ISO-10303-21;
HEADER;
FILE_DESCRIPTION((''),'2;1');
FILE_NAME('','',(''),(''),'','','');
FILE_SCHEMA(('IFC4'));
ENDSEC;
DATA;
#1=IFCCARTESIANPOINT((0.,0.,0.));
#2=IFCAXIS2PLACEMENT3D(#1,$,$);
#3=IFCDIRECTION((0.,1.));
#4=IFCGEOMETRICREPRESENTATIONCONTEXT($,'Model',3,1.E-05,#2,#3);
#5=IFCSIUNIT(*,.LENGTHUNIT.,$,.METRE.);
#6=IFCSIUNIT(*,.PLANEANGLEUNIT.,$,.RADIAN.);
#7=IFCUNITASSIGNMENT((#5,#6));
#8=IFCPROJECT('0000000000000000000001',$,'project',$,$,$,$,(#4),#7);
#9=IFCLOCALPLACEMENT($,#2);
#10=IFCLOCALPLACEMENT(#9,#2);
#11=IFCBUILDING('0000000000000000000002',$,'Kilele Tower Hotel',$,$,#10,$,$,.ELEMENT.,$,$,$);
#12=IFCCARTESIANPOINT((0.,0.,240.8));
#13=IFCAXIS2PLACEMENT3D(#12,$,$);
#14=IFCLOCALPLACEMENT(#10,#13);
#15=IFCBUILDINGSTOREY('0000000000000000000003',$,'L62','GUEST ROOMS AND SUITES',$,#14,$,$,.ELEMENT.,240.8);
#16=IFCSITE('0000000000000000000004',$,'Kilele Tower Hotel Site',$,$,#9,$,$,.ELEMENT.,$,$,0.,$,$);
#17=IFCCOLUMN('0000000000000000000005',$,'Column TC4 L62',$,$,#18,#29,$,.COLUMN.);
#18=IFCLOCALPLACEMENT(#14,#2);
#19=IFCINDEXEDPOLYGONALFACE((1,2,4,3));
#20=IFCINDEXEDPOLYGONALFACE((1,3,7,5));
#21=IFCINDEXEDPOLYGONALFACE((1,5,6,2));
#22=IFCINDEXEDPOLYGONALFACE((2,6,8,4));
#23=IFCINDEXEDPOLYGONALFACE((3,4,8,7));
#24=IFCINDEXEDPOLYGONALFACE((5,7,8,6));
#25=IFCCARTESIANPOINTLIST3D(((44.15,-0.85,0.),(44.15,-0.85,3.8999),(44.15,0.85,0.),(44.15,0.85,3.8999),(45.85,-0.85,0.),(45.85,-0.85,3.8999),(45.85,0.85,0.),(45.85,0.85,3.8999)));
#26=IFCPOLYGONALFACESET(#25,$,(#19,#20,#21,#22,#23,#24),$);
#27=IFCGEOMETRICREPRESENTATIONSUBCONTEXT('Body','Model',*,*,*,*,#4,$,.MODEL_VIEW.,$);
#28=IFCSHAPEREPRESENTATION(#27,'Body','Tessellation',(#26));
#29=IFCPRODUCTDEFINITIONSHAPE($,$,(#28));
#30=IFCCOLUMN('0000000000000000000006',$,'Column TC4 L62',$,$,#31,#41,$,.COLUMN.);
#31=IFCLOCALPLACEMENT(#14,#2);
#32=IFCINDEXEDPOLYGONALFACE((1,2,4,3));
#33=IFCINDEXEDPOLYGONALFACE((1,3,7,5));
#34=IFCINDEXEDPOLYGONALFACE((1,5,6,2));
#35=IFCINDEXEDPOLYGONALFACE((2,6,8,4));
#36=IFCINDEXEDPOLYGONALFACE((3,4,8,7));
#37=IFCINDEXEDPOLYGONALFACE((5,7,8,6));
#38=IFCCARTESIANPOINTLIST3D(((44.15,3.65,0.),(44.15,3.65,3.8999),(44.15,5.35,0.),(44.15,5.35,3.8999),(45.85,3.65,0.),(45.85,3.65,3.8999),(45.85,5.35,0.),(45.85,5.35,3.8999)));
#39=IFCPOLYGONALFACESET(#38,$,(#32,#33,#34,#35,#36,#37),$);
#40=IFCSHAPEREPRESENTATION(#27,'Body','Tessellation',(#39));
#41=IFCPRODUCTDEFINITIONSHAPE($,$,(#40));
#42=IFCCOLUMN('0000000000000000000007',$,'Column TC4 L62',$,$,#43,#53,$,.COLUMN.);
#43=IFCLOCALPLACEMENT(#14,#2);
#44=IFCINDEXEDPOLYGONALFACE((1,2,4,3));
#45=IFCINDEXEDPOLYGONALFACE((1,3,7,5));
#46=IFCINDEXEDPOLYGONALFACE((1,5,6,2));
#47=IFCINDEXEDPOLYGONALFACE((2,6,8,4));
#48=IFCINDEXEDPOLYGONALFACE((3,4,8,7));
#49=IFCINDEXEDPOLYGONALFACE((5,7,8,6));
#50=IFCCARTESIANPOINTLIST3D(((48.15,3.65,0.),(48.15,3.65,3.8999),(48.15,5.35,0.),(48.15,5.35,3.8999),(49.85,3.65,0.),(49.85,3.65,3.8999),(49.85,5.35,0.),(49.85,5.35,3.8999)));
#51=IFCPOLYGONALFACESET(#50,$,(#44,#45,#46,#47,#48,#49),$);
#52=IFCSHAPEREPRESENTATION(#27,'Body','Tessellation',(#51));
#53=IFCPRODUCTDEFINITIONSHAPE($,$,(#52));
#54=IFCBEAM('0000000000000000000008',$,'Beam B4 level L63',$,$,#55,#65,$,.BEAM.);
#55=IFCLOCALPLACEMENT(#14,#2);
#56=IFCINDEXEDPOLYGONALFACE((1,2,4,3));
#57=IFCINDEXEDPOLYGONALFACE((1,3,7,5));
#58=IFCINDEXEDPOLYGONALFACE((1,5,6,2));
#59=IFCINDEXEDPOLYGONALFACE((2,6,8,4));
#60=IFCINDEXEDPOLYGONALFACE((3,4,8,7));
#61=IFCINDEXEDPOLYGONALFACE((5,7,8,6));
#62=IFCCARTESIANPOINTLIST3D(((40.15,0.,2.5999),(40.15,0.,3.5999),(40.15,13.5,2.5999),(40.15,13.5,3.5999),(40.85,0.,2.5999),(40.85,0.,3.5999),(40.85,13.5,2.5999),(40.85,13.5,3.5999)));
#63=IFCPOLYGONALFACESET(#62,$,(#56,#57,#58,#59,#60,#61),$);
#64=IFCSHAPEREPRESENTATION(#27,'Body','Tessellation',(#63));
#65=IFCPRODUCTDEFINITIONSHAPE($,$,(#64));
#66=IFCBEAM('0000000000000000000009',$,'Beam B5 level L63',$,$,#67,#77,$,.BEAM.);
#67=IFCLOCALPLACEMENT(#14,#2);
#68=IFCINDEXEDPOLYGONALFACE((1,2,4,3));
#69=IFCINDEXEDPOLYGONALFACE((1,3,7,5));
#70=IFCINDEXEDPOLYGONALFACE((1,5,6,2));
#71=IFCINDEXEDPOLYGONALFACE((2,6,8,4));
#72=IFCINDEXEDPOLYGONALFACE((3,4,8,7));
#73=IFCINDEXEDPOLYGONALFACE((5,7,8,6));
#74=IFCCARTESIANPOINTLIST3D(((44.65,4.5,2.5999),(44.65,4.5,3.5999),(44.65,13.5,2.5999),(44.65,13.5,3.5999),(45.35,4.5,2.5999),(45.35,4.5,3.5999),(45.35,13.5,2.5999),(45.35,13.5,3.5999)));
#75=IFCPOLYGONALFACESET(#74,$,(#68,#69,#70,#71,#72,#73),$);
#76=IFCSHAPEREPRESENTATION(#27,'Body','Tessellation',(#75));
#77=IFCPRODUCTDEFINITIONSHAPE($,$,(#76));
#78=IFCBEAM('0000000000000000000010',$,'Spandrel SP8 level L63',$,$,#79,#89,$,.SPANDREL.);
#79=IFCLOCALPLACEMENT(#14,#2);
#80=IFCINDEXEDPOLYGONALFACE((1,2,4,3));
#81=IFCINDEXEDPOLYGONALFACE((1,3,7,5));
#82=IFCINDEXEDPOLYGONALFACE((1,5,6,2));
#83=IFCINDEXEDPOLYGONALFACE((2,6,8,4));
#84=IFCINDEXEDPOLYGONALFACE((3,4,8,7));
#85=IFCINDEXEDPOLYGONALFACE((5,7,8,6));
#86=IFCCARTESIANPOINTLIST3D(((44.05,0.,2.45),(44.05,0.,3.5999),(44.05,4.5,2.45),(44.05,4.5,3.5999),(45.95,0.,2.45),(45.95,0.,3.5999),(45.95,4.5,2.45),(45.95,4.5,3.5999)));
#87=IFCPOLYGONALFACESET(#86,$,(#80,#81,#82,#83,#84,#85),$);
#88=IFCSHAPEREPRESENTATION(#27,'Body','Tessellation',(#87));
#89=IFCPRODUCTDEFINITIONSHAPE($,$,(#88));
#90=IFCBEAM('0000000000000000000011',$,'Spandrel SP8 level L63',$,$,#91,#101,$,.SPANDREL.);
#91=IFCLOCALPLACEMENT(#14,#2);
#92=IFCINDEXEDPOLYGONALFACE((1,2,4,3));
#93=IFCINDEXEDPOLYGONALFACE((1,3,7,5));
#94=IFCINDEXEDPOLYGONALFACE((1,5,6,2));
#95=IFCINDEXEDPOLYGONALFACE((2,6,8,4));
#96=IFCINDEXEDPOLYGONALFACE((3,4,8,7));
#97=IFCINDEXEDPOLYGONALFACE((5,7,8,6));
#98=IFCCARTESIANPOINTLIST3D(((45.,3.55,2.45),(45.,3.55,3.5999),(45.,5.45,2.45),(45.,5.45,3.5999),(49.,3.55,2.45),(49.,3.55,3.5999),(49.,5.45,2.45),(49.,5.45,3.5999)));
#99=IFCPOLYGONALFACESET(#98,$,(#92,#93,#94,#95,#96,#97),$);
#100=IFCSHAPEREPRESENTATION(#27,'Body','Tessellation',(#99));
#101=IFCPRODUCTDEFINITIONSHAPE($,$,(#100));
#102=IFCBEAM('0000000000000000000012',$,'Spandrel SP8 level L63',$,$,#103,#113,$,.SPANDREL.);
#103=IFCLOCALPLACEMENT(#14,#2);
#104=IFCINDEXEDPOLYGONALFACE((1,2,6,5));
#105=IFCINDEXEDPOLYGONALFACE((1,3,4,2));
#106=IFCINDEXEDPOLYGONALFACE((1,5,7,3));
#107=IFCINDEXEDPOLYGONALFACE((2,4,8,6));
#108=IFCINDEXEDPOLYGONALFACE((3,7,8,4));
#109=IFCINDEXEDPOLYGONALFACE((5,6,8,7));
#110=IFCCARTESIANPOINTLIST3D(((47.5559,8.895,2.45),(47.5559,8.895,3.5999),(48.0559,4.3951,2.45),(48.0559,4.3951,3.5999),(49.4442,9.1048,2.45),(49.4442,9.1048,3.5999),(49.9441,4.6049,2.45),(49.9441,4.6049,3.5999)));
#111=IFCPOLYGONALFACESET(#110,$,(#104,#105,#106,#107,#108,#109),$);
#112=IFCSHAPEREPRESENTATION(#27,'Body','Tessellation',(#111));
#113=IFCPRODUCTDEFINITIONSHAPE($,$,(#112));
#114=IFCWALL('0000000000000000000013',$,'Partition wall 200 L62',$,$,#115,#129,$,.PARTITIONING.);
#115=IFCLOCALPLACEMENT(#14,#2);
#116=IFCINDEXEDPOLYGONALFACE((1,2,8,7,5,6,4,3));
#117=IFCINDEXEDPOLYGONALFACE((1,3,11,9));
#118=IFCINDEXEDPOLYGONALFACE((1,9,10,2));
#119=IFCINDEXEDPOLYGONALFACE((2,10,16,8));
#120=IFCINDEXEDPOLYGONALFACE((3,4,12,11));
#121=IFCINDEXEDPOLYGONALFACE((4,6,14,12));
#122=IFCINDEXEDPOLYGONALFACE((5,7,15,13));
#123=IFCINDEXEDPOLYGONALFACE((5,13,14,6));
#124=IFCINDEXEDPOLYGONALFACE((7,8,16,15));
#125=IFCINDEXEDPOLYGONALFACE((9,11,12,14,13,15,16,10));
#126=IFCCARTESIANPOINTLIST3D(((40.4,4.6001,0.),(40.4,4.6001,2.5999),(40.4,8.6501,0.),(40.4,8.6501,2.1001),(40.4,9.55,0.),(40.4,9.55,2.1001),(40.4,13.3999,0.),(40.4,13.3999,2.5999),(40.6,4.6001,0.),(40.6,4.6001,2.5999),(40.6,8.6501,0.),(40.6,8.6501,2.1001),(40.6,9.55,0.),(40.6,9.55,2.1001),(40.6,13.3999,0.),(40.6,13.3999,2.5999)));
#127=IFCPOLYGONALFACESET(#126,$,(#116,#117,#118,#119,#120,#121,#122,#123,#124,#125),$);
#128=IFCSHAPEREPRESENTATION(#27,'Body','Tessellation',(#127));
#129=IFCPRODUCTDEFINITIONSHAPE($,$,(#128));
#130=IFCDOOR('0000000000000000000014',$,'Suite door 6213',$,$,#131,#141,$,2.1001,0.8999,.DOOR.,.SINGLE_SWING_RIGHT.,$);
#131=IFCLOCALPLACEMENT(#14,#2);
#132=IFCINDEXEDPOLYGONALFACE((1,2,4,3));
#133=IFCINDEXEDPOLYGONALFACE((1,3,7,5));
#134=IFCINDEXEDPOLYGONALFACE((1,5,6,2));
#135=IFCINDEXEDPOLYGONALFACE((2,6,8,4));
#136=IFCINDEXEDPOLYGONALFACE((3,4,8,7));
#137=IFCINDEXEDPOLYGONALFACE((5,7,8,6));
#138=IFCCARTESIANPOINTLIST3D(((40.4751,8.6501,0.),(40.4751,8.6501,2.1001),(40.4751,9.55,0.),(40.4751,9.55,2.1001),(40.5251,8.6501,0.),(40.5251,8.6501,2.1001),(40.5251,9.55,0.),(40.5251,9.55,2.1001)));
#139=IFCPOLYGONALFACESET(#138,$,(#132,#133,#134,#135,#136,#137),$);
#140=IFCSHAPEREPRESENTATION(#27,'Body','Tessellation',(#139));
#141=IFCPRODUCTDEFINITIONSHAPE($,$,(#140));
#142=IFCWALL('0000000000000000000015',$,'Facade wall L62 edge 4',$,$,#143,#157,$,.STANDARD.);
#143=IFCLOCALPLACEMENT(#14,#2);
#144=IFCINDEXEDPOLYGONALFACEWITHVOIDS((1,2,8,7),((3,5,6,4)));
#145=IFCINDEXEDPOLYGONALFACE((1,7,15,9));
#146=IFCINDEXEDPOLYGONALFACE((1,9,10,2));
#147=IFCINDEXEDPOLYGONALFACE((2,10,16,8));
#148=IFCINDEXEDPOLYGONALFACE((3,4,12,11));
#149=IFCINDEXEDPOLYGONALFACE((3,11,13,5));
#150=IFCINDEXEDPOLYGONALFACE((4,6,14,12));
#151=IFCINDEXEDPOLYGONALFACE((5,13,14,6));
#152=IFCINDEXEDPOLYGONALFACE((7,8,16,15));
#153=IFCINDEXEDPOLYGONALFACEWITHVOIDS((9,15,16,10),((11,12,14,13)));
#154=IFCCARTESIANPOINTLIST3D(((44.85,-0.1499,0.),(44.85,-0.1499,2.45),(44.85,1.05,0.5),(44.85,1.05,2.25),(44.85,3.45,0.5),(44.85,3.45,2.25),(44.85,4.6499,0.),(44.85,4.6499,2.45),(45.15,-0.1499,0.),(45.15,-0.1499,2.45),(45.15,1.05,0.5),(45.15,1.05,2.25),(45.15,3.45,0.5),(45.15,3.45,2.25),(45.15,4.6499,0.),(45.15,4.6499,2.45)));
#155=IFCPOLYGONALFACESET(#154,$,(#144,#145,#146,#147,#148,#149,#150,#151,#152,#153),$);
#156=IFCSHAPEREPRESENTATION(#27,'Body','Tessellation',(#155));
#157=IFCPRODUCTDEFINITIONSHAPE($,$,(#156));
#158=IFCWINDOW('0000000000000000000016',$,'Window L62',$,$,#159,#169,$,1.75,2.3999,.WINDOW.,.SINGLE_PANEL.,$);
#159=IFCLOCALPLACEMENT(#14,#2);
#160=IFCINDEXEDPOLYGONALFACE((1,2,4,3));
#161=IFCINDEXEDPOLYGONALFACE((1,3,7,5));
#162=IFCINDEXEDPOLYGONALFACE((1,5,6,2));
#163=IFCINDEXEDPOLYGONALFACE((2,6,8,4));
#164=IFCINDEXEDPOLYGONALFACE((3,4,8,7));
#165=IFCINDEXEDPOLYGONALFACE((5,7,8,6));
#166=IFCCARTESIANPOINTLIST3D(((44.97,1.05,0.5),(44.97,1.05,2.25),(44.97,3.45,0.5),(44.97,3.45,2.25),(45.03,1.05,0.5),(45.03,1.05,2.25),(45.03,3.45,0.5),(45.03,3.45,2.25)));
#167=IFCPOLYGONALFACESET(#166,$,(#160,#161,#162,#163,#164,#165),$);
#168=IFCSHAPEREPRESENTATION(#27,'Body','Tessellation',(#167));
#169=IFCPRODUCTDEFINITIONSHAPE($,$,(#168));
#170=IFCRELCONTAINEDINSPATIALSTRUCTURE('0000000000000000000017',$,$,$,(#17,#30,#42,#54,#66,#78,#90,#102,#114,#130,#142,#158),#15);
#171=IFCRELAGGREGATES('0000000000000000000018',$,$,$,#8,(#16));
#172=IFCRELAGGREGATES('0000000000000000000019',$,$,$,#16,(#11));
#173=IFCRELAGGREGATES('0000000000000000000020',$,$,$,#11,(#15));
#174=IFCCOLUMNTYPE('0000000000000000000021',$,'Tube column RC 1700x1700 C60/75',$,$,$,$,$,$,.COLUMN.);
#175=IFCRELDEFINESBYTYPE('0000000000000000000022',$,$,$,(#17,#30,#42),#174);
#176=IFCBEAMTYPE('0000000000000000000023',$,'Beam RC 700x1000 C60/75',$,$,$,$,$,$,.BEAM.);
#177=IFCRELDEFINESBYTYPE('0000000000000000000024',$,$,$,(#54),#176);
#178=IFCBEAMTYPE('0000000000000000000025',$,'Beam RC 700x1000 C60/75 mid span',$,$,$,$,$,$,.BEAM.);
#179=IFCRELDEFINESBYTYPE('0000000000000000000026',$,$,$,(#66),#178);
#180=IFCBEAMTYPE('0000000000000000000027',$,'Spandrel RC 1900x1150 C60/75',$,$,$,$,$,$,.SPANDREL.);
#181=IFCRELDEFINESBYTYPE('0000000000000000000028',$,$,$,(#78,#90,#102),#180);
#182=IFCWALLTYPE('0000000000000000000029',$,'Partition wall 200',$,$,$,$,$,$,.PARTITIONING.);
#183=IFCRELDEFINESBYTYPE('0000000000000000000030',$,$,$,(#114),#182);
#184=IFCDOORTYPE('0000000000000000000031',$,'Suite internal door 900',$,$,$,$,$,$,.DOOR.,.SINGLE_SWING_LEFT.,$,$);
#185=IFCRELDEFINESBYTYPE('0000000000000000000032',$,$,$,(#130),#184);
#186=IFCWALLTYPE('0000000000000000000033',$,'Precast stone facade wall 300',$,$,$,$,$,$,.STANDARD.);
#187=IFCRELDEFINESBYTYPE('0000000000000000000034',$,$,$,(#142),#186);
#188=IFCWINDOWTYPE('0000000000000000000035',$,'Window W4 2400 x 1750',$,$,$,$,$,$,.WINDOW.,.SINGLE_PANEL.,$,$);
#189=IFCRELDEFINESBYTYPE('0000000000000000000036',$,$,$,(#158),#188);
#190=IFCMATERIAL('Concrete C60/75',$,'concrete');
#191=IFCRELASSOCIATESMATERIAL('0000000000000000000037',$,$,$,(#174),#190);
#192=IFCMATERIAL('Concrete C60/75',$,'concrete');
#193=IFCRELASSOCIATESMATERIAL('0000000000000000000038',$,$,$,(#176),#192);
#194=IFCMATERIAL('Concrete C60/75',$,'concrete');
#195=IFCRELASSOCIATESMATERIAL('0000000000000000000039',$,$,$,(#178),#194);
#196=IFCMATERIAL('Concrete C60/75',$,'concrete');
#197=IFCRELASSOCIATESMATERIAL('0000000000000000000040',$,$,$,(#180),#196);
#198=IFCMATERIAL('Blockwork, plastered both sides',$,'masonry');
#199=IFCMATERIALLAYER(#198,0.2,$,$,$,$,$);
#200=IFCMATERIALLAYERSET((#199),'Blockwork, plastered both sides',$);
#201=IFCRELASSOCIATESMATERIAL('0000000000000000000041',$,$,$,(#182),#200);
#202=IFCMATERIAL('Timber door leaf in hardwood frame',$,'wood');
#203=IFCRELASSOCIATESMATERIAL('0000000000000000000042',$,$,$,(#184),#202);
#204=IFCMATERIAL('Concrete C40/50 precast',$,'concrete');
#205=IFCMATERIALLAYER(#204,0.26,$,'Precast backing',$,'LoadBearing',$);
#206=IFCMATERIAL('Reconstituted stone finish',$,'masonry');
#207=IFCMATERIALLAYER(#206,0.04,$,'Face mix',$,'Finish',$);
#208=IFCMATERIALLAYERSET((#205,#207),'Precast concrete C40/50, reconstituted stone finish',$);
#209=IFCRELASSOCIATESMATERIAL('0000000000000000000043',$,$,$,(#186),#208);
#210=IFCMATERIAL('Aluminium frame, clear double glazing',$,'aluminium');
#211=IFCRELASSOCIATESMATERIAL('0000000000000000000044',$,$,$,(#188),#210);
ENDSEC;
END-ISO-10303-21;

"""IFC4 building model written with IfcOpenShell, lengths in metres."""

from ifc_helpers import new_model, si_unit, direction, frame, frame_2d, origin, origin_2d, place, context, subcontext, project, spatial, rectangle, extrude, material, layer, layer_set, material_profile, profile_set, type_object, element, fill, save


model = new_model("IFC4")

# Units and contexts
model_context = context("Model", 3, precision=1e-05, world=origin(), true_north=direction((0.0, 1.0)))
body_context = subcontext(model_context, "Body", "Model", "MODEL_VIEW")
ifc_project = project(units=[si_unit("LENGTHUNIT", "METRE"), si_unit("PLANEANGLEUNIT", "RADIAN")], contexts=[model_context])

# Site, building, storey
site_placement = place(None, origin())
site = spatial("IfcSite", under=ifc_project, at=site_placement, Name="Kilele Tower Hotel Site", CompositionType="ELEMENT", RefElevation=0.0)
building_placement = place(site_placement, origin())
building = spatial("IfcBuilding", under=site, at=building_placement, Name="Kilele Tower Hotel", CompositionType="ELEMENT")
storey_placement = place(building_placement, frame((0.0, 0.0, 240.8)))
storey = spatial("IfcBuildingStorey", under=building, at=storey_placement, Name="L62", Description="GUEST ROOMS AND SUITES", CompositionType="ELEMENT", Elevation=240.8)

# Columns
ifc_material_1 = material(Name="Concrete C60/75", Category="concrete")
ifc_material_profile_1 = material_profile(ifc_material_1, rectangle(XDim=1.7, YDim=1.7, at=origin_2d()))
ifc_profile_set_1 = profile_set([ifc_material_profile_1], Name="Concrete C60/75")
column_type = type_object("IfcColumnType", Name="Tube column RC 1700x1700 C60/75", PredefinedType="COLUMN", material=ifc_profile_set_1)
for number, where, z_axis, x_axis, name in (
    (1, (45.0, 0.0, 0.0), (0.0, 0.0, 1.0), (1.0, 0.0, 0.0), "Column TC4 L62"),
    (2, (45.0, 4.5, 0.0), (0.0, 0.0, 1.0), (1.0, 0.0, 0.0), "Column TC4 L62"),
    (3, (49.0, 4.5, 0.0), (0.0, 0.0, 1.0), (1.0, 0.0, 0.0), "Column TC4 L62"),
):
    element("IfcColumn", number, at=place(storey_placement, frame(where, z_axis=z_axis, x_axis=x_axis)), inside=storey, type_object=column_type, Name=name, PredefinedType="COLUMN", context=body_context, shape_type="SweptSolid", body=[
        extrude(rectangle(XDim=1.7, YDim=1.7, at=origin_2d()), origin(), (0.0, 0.0, 1.0), 3.8999),
    ])

# Beams
ifc_material_2 = material(Name="Concrete C60/75", Category="concrete")
ifc_material_profile_2 = material_profile(ifc_material_2, rectangle(XDim=0.7, YDim=1.0, at=origin_2d()))
ifc_profile_set_2 = profile_set([ifc_material_profile_2], Name="Concrete C60/75")
beam_type_1 = type_object("IfcBeamType", Name="Beam RC 700x1000 C60/75", PredefinedType="BEAM", material=ifc_profile_set_2)
beam_1_placement = place(storey_placement, frame((40.5, 0.0, 3.0999), z_axis=(0.0, 1.0, 0.0), x_axis=(-1.0, 0.0, 0.0)))
element("IfcBeam", 4, at=beam_1_placement, inside=storey, type_object=beam_type_1, Name="Beam B4 level L63", PredefinedType="BEAM", context=body_context, shape_type="SweptSolid", body=[
    extrude(rectangle(XDim=0.7, YDim=1.0, at=origin_2d()), origin(), (0.0, 0.0, 1.0), 13.5),
])
ifc_material_3 = material(Name="Concrete C60/75", Category="concrete")
ifc_material_profile_3 = material_profile(ifc_material_3, rectangle(XDim=0.7, YDim=1.0, at=origin_2d()))
ifc_profile_set_3 = profile_set([ifc_material_profile_3], Name="Concrete C60/75")
beam_type_2 = type_object("IfcBeamType", Name="Beam RC 700x1000 C60/75 mid span", PredefinedType="BEAM", material=ifc_profile_set_3)
beam_2_placement = place(storey_placement, frame((45.0, 4.5, 3.0999), z_axis=(0.0, 1.0, 0.0), x_axis=(-1.0, 0.0, 0.0)))
element("IfcBeam", 5, at=beam_2_placement, inside=storey, type_object=beam_type_2, Name="Beam B5 level L63", PredefinedType="BEAM", context=body_context, shape_type="SweptSolid", body=[
    extrude(rectangle(XDim=0.7, YDim=1.0, at=origin_2d()), origin(), (0.0, 0.0, 1.0), 9.0),
])
ifc_material_4 = material(Name="Concrete C60/75", Category="concrete")
ifc_material_profile_4 = material_profile(ifc_material_4, rectangle(XDim=1.8999, YDim=1.1499, at=origin_2d()))
ifc_profile_set_4 = profile_set([ifc_material_profile_4], Name="Concrete C60/75")
beam_type_3 = type_object("IfcBeamType", Name="Spandrel RC 1900x1150 C60/75", PredefinedType="SPANDREL", material=ifc_profile_set_4)
beam_3_placement = place(storey_placement, frame((45.0, 0.0, 3.0249), z_axis=(0.0, 1.0, 0.0), x_axis=(-1.0, 0.0, 0.0)))
element("IfcBeam", 6, at=beam_3_placement, inside=storey, type_object=beam_type_3, Name="Spandrel SP8 level L63", PredefinedType="SPANDREL", context=body_context, shape_type="SweptSolid", body=[
    extrude(rectangle(XDim=1.8999, YDim=1.1499, at=origin_2d()), origin(), (0.0, 0.0, 1.0), 4.5),
])
beam_4_placement = place(storey_placement, frame((45.0, 4.5, 3.0249), z_axis=(1.0, 0.0, 0.0), x_axis=(0.0, 1.0, 0.0)))
element("IfcBeam", 7, at=beam_4_placement, inside=storey, type_object=beam_type_3, Name="Spandrel SP8 level L63", PredefinedType="SPANDREL", context=body_context, shape_type="SweptSolid", body=[
    extrude(rectangle(XDim=1.8999, YDim=1.1499, at=origin_2d()), origin(), (0.0, 0.0, 1.0), 4.0),
])
beam_5_placement = place(storey_placement, frame((49.0, 4.5, 3.0249), z_axis=(-0.110432, 0.993884, 0.0), x_axis=(-0.993884, -0.110432, 0.0)))
element("IfcBeam", 8, at=beam_5_placement, inside=storey, type_object=beam_type_3, Name="Spandrel SP8 level L63", PredefinedType="SPANDREL", context=body_context, shape_type="SweptSolid", body=[
    extrude(rectangle(XDim=1.8999, YDim=1.1499, at=origin_2d()), origin(), (0.0, 0.0, 1.0), 4.5276),
])

# Wall, opening, door
ifc_material_5 = material(Name="Blockwork, plastered both sides", Category="masonry")
ifc_layer_1 = layer(ifc_material_5, 0.2)
ifc_layer_set_1 = layer_set([ifc_layer_1], Name="Blockwork, plastered both sides")
wall_type_1 = type_object("IfcWallType", Name="Partition wall 200", PredefinedType="PARTITIONING", material=ifc_layer_set_1)
wall_1_placement = place(storey_placement, frame((40.5, 4.6001, 0.0), z_axis=(0.0, 0.0, 1.0), x_axis=(0.0, 1.0, 0.0)))
wall_1 = element("IfcWall", 9, at=wall_1_placement, inside=storey, type_object=wall_type_1, Name="Partition wall 200 L62", PredefinedType="PARTITIONING", context=body_context, shape_type="SweptSolid", body=[
    extrude(rectangle(XDim=8.7998, YDim=0.2, at=frame_2d((4.3999, 0.0))), origin(), (0.0, 0.0, 1.0), 2.5999),
])
opening_1_placement = place(wall_1_placement, frame((4.05, 0.0, 0.0)))
opening_1 = element("IfcOpeningElement", 10, at=opening_1_placement, cuts=wall_1, PredefinedType="OPENING", context=body_context, shape_type="SweptSolid", body=[
    extrude(rectangle(XDim=0.8999, YDim=2.1001, at=frame_2d((0.45, 1.05))), frame((0.0, 0.1099, 0.0), z_axis=(0.0, -1.0, 0.0), x_axis=(1.0, 0.0, 0.0)), (0.0, 0.0, 1.0), 0.22),
])
ifc_material_6 = material(Name="Timber door leaf in hardwood frame", Category="wood")
door_type = type_object("IfcDoorType", Name="Suite internal door 900", OperationType="SINGLE_SWING_LEFT", PredefinedType="DOOR", material=ifc_material_6)
door_placement = place(opening_1_placement, origin())
door = element("IfcDoor", 11, at=door_placement, inside=storey, type_object=door_type, Name="Suite door 6213", OperationType="SINGLE_SWING_RIGHT", OverallHeight=2.1001, OverallWidth=0.8999, PredefinedType="DOOR", context=body_context, shape_type="SweptSolid", body=[
    extrude(rectangle(XDim=0.8999, YDim=2.1001, at=frame_2d((0.45, 1.05))), frame((0.0, 0.0249, 0.0), z_axis=(0.0, -1.0, 0.0), x_axis=(1.0, 0.0, 0.0)), (0.0, 0.0, 1.0), 0.05),
])
fill(opening_1, door)

# Wall, opening, window
ifc_material_7 = material(Name="Concrete C40/50 precast", Category="concrete")
ifc_layer_2 = layer(ifc_material_7, 0.26, Name="Precast backing", Category="LoadBearing")
ifc_material_8 = material(Name="Reconstituted stone finish", Category="masonry")
ifc_layer_3 = layer(ifc_material_8, 0.04, Name="Face mix", Category="Finish")
ifc_layer_set_2 = layer_set([ifc_layer_2, ifc_layer_3], Name="Precast concrete C40/50, reconstituted stone finish")
wall_type_2 = type_object("IfcWallType", Name="Precast stone facade wall 300", PredefinedType="STANDARD", material=ifc_layer_set_2)
wall_2_placement = place(storey_placement, frame((45.0, -0.1499, 0.0), z_axis=(0.0, 0.0, 1.0), x_axis=(0.0, 1.0, 0.0)))
wall_2 = element("IfcWall", 12, at=wall_2_placement, inside=storey, type_object=wall_type_2, Name="Facade wall L62 edge 4", PredefinedType="STANDARD", context=body_context, shape_type="SweptSolid", body=[
    extrude(rectangle(XDim=4.7998, YDim=0.3, at=frame_2d((2.3999, 0.0))), origin(), (0.0, 0.0, 1.0), 2.45),
])
opening_2_placement = place(wall_2_placement, frame((1.2, 0.0, 0.5)))
opening_2 = element("IfcOpeningElement", 13, at=opening_2_placement, cuts=wall_2, PredefinedType="OPENING", context=body_context, shape_type="SweptSolid", body=[
    extrude(rectangle(XDim=2.3999, YDim=1.75, at=frame_2d((1.2, 0.875))), frame((0.0, 0.1599, 0.0), z_axis=(0.0, -1.0, 0.0), x_axis=(1.0, 0.0, 0.0)), (0.0, 0.0, 1.0), 0.3201),
])
ifc_material_9 = material(Name="Aluminium frame, clear double glazing", Category="aluminium")
window_type_1 = type_object("IfcWindowType", Name="Window W4 2400 x 1750", PartitioningType="SINGLE_PANEL", PredefinedType="WINDOW", material=ifc_material_9)
window_1_placement = place(opening_2_placement, origin())
window_1 = element("IfcWindow", 14, at=window_1_placement, inside=storey, type_object=window_type_1, Name="Window L62", OverallHeight=1.75, OverallWidth=2.3999, PartitioningType="SINGLE_PANEL", PredefinedType="WINDOW", context=body_context, shape_type="SweptSolid", body=[
    extrude(rectangle(XDim=2.3999, YDim=1.75, at=frame_2d((1.2, 0.875))), frame((0.0, 0.03, 0.0), z_axis=(0.0, -1.0, 0.0), x_axis=(1.0, 0.0, 0.0)), (0.0, 0.0, 1.0), 0.0601),
])
fill(opening_2, window_1)

save(model, "model.ifc")
